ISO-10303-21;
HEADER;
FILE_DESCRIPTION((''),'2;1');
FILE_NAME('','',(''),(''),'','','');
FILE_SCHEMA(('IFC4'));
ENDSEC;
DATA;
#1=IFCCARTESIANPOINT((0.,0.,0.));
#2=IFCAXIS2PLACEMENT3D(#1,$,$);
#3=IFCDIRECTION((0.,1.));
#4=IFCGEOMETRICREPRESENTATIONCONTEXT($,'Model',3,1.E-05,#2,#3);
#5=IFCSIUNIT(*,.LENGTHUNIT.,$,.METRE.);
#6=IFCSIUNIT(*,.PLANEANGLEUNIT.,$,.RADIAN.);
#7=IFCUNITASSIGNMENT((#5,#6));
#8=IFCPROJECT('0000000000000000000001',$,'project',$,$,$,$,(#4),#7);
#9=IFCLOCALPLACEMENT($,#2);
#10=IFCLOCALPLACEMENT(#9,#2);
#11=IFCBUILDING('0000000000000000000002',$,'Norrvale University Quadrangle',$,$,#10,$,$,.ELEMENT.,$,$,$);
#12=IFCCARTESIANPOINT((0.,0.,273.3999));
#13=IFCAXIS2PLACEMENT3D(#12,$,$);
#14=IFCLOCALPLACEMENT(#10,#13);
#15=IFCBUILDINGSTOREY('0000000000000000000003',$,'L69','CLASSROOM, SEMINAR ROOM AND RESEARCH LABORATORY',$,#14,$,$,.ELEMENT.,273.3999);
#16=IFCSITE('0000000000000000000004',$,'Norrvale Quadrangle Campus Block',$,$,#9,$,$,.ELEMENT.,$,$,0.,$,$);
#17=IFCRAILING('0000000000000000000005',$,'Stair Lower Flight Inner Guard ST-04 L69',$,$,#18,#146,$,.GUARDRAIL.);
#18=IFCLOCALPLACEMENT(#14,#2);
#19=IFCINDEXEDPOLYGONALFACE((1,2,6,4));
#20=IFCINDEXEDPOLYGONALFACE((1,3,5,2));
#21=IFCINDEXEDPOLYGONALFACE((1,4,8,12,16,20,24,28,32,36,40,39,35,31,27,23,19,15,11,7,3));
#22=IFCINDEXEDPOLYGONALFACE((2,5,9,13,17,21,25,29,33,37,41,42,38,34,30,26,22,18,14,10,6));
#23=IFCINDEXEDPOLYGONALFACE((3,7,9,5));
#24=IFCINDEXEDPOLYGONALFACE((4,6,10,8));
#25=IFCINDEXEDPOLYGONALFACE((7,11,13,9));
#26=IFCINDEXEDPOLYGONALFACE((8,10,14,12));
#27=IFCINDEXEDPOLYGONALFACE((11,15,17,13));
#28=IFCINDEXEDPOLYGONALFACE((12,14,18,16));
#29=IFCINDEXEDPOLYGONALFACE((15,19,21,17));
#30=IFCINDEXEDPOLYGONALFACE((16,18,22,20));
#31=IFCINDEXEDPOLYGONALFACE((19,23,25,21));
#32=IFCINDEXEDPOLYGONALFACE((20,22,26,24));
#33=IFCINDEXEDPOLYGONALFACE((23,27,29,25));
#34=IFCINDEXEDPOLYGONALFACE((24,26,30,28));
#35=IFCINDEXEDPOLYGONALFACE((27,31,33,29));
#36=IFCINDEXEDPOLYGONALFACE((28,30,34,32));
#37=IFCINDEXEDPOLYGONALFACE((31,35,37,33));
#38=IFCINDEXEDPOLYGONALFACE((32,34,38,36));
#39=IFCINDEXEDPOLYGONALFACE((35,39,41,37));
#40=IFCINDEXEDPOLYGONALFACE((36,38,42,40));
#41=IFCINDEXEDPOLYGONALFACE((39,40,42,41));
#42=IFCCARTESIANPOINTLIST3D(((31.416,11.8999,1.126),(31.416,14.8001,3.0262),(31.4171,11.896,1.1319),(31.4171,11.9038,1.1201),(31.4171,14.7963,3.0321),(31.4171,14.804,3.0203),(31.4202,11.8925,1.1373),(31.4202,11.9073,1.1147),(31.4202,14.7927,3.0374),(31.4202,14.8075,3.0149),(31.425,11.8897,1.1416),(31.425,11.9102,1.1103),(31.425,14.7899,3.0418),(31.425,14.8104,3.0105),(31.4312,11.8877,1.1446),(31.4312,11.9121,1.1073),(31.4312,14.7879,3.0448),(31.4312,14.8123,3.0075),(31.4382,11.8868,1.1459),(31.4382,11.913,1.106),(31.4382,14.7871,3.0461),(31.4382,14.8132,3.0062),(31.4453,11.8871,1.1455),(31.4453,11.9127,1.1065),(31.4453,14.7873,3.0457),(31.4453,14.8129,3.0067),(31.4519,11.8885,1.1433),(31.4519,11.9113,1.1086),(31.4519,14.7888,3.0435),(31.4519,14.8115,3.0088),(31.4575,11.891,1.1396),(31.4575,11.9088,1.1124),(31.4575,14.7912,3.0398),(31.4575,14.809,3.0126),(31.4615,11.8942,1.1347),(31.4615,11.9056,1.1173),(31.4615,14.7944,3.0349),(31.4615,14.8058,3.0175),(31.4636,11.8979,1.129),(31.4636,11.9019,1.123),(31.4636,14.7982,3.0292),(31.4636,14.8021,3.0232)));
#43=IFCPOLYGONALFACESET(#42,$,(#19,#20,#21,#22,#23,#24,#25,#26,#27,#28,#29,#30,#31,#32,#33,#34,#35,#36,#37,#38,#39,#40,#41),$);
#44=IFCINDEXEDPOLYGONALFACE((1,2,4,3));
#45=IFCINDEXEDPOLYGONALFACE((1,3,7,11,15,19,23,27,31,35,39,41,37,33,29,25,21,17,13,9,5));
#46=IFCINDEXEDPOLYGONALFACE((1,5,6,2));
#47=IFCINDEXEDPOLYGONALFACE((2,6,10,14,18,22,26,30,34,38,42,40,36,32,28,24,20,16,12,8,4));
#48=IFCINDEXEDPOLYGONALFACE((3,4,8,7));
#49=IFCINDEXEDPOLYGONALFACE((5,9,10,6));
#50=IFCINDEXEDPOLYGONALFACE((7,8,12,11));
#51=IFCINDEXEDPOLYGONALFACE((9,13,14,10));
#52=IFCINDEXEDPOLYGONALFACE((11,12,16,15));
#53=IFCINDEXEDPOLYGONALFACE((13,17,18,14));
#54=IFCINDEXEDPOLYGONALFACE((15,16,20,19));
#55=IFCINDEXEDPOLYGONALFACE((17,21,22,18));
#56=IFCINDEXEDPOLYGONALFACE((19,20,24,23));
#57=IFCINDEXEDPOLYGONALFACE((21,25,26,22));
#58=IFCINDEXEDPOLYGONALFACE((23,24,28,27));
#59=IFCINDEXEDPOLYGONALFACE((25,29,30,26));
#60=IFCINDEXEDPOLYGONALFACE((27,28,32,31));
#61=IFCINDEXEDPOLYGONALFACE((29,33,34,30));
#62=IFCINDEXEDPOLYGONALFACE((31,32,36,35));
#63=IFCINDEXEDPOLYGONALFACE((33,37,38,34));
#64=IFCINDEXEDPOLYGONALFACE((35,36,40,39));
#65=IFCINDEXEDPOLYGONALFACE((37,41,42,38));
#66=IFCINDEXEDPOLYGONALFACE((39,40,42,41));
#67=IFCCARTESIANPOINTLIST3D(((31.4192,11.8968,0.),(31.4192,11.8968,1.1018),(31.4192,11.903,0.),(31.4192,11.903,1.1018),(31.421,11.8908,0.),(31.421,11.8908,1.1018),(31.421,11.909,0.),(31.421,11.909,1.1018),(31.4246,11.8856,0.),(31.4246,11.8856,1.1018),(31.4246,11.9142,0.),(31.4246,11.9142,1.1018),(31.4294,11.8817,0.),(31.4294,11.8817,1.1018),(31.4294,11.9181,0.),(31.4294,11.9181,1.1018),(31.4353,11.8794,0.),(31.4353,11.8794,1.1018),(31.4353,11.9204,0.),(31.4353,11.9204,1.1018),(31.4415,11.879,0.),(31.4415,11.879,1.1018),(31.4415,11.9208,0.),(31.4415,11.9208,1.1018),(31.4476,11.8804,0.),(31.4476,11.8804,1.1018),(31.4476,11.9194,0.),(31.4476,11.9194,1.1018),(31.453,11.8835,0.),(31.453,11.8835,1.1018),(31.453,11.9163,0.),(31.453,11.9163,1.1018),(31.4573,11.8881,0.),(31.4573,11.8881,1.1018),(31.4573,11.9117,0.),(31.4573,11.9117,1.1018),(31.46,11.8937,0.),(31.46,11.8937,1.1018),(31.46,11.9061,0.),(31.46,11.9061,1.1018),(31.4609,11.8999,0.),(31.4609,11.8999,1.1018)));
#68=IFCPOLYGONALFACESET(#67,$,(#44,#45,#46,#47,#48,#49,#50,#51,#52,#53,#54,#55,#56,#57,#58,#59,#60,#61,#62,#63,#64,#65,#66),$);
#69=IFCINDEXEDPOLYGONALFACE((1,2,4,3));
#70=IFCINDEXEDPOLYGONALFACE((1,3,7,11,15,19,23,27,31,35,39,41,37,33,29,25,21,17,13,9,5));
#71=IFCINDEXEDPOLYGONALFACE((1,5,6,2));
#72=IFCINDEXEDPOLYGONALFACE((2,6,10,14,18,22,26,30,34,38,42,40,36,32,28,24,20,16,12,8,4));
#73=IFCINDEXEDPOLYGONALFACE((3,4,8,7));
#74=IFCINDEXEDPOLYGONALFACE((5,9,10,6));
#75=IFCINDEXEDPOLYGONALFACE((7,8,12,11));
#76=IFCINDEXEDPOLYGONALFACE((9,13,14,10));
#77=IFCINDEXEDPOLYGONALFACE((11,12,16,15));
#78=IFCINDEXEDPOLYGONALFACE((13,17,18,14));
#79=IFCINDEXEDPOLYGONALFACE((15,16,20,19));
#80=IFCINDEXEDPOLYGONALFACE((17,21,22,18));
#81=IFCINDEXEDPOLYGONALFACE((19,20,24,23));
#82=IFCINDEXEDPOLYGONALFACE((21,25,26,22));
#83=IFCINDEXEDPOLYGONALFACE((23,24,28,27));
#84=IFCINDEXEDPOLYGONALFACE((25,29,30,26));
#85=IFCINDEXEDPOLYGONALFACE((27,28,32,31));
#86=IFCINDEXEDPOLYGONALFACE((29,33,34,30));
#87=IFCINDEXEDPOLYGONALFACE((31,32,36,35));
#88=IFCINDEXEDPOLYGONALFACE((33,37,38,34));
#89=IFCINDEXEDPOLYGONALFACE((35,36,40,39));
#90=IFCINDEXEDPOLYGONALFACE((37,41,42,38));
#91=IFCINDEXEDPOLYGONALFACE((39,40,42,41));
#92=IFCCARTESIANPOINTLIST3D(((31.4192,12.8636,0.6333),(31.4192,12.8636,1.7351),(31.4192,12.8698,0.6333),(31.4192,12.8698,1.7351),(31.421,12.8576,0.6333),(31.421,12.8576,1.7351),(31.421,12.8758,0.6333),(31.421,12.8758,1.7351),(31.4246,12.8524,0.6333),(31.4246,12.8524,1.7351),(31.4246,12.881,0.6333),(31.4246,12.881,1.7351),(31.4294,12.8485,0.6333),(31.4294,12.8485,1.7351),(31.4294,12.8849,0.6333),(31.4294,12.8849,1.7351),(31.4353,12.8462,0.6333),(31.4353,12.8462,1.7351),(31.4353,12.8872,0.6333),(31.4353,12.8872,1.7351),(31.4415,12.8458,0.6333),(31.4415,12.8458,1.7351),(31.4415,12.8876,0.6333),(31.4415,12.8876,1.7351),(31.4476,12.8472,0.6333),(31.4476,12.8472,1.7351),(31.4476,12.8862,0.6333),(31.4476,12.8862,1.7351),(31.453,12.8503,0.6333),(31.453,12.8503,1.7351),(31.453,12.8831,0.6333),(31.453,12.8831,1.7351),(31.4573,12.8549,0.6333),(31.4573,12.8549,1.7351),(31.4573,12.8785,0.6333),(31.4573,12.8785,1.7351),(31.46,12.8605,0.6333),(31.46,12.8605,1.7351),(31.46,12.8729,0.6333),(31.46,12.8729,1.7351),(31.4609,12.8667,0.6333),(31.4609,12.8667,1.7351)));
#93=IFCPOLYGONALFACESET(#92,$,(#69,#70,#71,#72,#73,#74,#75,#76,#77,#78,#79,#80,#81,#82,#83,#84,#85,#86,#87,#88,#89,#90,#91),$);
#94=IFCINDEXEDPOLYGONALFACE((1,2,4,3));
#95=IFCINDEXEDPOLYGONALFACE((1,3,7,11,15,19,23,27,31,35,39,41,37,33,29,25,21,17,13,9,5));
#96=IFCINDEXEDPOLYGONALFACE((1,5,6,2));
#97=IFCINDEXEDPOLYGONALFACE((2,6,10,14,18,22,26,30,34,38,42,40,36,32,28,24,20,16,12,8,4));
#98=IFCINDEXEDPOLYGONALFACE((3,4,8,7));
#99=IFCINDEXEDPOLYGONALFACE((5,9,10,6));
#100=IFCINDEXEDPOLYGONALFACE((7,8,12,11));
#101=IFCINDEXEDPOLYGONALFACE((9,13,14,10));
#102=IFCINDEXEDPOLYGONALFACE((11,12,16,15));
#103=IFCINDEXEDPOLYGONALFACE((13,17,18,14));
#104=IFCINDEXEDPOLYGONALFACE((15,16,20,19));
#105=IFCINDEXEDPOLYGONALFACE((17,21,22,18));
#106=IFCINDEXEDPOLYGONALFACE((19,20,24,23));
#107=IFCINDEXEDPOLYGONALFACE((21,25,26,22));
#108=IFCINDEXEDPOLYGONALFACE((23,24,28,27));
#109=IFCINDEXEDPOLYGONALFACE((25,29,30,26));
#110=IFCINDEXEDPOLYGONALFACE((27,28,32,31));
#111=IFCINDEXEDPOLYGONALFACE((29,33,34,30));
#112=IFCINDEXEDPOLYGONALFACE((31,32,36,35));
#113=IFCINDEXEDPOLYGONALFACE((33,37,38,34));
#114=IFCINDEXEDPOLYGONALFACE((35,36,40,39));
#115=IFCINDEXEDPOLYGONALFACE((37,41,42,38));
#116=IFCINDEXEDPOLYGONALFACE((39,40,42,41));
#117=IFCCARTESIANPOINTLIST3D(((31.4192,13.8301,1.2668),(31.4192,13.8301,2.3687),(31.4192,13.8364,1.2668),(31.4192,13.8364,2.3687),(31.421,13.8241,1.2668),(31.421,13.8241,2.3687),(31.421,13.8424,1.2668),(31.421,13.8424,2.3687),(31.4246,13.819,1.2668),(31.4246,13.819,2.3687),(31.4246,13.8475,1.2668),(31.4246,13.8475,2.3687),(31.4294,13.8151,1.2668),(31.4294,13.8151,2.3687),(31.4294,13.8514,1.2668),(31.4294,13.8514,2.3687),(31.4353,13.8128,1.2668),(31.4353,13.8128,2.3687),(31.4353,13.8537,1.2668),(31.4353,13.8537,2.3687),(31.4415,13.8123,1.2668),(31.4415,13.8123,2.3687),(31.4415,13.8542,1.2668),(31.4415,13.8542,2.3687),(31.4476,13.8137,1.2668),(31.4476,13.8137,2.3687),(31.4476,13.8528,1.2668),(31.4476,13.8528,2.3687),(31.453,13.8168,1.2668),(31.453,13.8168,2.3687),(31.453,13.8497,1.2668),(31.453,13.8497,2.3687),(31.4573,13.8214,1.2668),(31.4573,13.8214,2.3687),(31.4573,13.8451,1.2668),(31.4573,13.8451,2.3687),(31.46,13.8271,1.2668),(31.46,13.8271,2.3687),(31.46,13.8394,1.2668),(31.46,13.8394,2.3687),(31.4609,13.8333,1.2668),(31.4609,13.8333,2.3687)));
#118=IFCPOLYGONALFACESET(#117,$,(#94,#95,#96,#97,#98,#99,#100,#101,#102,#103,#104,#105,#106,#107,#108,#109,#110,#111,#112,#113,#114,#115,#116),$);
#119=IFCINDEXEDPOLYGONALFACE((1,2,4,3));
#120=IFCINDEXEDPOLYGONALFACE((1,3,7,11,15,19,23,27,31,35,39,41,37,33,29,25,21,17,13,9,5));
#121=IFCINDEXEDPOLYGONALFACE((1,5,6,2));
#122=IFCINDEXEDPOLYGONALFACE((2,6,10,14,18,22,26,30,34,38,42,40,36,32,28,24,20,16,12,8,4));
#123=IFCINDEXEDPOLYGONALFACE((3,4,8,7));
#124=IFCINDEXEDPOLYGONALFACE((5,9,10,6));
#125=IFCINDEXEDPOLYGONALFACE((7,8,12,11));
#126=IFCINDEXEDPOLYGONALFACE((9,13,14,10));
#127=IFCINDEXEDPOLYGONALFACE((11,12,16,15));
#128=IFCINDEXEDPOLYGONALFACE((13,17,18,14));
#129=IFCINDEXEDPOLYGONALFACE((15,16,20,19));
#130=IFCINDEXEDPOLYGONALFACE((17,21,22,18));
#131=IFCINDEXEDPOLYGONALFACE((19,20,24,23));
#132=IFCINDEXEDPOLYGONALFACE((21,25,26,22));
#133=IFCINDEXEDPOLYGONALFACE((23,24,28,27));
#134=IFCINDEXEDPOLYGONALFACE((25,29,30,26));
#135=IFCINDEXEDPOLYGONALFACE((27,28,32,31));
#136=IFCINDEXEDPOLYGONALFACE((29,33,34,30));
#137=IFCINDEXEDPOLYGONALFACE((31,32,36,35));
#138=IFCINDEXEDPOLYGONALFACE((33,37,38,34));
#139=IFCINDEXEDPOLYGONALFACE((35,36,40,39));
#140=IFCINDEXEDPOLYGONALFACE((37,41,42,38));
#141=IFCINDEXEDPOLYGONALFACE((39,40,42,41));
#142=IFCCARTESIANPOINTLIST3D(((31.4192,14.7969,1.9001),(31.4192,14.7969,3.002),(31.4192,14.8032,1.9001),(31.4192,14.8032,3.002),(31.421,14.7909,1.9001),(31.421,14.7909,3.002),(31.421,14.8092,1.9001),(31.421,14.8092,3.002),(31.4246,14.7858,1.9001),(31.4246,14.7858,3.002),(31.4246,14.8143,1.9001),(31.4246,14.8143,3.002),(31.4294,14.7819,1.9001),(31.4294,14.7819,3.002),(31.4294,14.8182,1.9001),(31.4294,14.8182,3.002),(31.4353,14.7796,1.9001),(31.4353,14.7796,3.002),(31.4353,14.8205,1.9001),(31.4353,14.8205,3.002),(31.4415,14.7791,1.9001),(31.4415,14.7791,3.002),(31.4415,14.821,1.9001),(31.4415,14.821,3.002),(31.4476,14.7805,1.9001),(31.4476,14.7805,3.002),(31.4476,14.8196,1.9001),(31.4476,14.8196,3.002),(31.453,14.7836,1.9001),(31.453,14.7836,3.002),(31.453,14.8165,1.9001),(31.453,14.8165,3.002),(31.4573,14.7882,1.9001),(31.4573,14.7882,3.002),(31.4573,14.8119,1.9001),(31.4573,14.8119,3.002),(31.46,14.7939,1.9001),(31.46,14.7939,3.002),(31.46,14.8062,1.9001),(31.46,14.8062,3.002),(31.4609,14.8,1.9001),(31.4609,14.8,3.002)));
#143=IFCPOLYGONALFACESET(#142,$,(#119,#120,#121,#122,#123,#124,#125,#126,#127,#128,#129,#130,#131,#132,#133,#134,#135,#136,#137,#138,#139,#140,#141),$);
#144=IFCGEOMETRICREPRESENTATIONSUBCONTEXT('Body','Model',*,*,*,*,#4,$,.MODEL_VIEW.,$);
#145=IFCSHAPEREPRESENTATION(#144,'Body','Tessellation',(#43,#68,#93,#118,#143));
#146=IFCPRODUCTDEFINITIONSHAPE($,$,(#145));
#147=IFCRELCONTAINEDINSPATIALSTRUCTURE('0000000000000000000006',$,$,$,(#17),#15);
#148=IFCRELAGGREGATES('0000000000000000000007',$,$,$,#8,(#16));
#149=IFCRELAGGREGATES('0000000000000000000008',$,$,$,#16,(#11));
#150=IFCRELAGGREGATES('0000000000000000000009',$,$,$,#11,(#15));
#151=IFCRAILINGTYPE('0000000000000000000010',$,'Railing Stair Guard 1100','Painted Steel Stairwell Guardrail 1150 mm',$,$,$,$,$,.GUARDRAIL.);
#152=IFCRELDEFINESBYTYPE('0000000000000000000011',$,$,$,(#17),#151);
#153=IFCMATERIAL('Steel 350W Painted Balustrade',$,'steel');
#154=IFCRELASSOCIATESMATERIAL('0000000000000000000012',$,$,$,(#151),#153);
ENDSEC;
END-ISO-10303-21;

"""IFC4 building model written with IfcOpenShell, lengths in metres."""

from ifc_helpers import new_model, si_unit, direction, frame, origin, origin_2d, place, context, subcontext, project, spatial, circle, extrude, material, type_object, element, save


model = new_model("IFC4")

# Units and contexts
model_context = context("Model", 3, precision=1e-05, world=origin(), true_north=direction((0.0, 1.0)))
body_context = subcontext(model_context, "Body", "Model", "MODEL_VIEW")
ifc_project = project(units=[si_unit("LENGTHUNIT", "METRE"), si_unit("PLANEANGLEUNIT", "RADIAN")], contexts=[model_context])

# Site, building, storey
site_placement = place(None, origin())
site = spatial("IfcSite", under=ifc_project, at=site_placement, Name="Norrvale Quadrangle Campus Block", CompositionType="ELEMENT", RefElevation=0.0)
building_placement = place(site_placement, origin())
building = spatial("IfcBuilding", under=site, at=building_placement, Name="Norrvale University Quadrangle", CompositionType="ELEMENT")
storey_placement = place(building_placement, frame((0.0, 0.0, 273.3999)))
storey = spatial("IfcBuildingStorey", under=building, at=storey_placement, Name="L69", Description="CLASSROOM, SEMINAR ROOM AND RESEARCH LABORATORY", CompositionType="ELEMENT", Elevation=273.3999)

# Railing
ifc_material_1 = material(Name="Steel 350W Painted Balustrade", Category="steel")
railing_type_1 = type_object("IfcRailingType", Name="Railing Stair Guard 1100", Description="Painted Steel Stairwell Guardrail 1150 mm", PredefinedType="GUARDRAIL", material=ifc_material_1)
railing_1_placement = place(storey_placement, frame((31.4399, 11.8999, 0.0)))
element("IfcRailing", 1, at=railing_1_placement, inside=storey, type_object=railing_type_1, Name="Stair Lower Flight Inner Guard ST-04 L69", PredefinedType="GUARDRAIL", context=body_context, shape_type="SweptSolid", body=[
    extrude(circle(Radius=0.0239, at=origin_2d()), frame((0.0, 0.0, 1.126), z_axis=(0.0, 0.836454, 0.548036), x_axis=(-1.0, 0.0, 0.0)), (0.0, 0.0, 1.0), 3.4673),
    extrude(circle(Radius=0.021, at=origin_2d()), origin(), (0.0, 0.0, 1.0), 1.1018),
    extrude(circle(Radius=0.021, at=origin_2d()), frame((0.0, 0.9668, 0.6333)), (0.0, 0.0, 1.0), 1.1018),
    extrude(circle(Radius=0.021, at=origin_2d()), frame((0.0, 1.9333, 1.2668)), (0.0, 0.0, 1.0), 1.1018),
    extrude(circle(Radius=0.021, at=origin_2d()), frame((0.0, 2.9001, 1.9001)), (0.0, 0.0, 1.0), 1.1018),
])

save(model, "model.ifc")
